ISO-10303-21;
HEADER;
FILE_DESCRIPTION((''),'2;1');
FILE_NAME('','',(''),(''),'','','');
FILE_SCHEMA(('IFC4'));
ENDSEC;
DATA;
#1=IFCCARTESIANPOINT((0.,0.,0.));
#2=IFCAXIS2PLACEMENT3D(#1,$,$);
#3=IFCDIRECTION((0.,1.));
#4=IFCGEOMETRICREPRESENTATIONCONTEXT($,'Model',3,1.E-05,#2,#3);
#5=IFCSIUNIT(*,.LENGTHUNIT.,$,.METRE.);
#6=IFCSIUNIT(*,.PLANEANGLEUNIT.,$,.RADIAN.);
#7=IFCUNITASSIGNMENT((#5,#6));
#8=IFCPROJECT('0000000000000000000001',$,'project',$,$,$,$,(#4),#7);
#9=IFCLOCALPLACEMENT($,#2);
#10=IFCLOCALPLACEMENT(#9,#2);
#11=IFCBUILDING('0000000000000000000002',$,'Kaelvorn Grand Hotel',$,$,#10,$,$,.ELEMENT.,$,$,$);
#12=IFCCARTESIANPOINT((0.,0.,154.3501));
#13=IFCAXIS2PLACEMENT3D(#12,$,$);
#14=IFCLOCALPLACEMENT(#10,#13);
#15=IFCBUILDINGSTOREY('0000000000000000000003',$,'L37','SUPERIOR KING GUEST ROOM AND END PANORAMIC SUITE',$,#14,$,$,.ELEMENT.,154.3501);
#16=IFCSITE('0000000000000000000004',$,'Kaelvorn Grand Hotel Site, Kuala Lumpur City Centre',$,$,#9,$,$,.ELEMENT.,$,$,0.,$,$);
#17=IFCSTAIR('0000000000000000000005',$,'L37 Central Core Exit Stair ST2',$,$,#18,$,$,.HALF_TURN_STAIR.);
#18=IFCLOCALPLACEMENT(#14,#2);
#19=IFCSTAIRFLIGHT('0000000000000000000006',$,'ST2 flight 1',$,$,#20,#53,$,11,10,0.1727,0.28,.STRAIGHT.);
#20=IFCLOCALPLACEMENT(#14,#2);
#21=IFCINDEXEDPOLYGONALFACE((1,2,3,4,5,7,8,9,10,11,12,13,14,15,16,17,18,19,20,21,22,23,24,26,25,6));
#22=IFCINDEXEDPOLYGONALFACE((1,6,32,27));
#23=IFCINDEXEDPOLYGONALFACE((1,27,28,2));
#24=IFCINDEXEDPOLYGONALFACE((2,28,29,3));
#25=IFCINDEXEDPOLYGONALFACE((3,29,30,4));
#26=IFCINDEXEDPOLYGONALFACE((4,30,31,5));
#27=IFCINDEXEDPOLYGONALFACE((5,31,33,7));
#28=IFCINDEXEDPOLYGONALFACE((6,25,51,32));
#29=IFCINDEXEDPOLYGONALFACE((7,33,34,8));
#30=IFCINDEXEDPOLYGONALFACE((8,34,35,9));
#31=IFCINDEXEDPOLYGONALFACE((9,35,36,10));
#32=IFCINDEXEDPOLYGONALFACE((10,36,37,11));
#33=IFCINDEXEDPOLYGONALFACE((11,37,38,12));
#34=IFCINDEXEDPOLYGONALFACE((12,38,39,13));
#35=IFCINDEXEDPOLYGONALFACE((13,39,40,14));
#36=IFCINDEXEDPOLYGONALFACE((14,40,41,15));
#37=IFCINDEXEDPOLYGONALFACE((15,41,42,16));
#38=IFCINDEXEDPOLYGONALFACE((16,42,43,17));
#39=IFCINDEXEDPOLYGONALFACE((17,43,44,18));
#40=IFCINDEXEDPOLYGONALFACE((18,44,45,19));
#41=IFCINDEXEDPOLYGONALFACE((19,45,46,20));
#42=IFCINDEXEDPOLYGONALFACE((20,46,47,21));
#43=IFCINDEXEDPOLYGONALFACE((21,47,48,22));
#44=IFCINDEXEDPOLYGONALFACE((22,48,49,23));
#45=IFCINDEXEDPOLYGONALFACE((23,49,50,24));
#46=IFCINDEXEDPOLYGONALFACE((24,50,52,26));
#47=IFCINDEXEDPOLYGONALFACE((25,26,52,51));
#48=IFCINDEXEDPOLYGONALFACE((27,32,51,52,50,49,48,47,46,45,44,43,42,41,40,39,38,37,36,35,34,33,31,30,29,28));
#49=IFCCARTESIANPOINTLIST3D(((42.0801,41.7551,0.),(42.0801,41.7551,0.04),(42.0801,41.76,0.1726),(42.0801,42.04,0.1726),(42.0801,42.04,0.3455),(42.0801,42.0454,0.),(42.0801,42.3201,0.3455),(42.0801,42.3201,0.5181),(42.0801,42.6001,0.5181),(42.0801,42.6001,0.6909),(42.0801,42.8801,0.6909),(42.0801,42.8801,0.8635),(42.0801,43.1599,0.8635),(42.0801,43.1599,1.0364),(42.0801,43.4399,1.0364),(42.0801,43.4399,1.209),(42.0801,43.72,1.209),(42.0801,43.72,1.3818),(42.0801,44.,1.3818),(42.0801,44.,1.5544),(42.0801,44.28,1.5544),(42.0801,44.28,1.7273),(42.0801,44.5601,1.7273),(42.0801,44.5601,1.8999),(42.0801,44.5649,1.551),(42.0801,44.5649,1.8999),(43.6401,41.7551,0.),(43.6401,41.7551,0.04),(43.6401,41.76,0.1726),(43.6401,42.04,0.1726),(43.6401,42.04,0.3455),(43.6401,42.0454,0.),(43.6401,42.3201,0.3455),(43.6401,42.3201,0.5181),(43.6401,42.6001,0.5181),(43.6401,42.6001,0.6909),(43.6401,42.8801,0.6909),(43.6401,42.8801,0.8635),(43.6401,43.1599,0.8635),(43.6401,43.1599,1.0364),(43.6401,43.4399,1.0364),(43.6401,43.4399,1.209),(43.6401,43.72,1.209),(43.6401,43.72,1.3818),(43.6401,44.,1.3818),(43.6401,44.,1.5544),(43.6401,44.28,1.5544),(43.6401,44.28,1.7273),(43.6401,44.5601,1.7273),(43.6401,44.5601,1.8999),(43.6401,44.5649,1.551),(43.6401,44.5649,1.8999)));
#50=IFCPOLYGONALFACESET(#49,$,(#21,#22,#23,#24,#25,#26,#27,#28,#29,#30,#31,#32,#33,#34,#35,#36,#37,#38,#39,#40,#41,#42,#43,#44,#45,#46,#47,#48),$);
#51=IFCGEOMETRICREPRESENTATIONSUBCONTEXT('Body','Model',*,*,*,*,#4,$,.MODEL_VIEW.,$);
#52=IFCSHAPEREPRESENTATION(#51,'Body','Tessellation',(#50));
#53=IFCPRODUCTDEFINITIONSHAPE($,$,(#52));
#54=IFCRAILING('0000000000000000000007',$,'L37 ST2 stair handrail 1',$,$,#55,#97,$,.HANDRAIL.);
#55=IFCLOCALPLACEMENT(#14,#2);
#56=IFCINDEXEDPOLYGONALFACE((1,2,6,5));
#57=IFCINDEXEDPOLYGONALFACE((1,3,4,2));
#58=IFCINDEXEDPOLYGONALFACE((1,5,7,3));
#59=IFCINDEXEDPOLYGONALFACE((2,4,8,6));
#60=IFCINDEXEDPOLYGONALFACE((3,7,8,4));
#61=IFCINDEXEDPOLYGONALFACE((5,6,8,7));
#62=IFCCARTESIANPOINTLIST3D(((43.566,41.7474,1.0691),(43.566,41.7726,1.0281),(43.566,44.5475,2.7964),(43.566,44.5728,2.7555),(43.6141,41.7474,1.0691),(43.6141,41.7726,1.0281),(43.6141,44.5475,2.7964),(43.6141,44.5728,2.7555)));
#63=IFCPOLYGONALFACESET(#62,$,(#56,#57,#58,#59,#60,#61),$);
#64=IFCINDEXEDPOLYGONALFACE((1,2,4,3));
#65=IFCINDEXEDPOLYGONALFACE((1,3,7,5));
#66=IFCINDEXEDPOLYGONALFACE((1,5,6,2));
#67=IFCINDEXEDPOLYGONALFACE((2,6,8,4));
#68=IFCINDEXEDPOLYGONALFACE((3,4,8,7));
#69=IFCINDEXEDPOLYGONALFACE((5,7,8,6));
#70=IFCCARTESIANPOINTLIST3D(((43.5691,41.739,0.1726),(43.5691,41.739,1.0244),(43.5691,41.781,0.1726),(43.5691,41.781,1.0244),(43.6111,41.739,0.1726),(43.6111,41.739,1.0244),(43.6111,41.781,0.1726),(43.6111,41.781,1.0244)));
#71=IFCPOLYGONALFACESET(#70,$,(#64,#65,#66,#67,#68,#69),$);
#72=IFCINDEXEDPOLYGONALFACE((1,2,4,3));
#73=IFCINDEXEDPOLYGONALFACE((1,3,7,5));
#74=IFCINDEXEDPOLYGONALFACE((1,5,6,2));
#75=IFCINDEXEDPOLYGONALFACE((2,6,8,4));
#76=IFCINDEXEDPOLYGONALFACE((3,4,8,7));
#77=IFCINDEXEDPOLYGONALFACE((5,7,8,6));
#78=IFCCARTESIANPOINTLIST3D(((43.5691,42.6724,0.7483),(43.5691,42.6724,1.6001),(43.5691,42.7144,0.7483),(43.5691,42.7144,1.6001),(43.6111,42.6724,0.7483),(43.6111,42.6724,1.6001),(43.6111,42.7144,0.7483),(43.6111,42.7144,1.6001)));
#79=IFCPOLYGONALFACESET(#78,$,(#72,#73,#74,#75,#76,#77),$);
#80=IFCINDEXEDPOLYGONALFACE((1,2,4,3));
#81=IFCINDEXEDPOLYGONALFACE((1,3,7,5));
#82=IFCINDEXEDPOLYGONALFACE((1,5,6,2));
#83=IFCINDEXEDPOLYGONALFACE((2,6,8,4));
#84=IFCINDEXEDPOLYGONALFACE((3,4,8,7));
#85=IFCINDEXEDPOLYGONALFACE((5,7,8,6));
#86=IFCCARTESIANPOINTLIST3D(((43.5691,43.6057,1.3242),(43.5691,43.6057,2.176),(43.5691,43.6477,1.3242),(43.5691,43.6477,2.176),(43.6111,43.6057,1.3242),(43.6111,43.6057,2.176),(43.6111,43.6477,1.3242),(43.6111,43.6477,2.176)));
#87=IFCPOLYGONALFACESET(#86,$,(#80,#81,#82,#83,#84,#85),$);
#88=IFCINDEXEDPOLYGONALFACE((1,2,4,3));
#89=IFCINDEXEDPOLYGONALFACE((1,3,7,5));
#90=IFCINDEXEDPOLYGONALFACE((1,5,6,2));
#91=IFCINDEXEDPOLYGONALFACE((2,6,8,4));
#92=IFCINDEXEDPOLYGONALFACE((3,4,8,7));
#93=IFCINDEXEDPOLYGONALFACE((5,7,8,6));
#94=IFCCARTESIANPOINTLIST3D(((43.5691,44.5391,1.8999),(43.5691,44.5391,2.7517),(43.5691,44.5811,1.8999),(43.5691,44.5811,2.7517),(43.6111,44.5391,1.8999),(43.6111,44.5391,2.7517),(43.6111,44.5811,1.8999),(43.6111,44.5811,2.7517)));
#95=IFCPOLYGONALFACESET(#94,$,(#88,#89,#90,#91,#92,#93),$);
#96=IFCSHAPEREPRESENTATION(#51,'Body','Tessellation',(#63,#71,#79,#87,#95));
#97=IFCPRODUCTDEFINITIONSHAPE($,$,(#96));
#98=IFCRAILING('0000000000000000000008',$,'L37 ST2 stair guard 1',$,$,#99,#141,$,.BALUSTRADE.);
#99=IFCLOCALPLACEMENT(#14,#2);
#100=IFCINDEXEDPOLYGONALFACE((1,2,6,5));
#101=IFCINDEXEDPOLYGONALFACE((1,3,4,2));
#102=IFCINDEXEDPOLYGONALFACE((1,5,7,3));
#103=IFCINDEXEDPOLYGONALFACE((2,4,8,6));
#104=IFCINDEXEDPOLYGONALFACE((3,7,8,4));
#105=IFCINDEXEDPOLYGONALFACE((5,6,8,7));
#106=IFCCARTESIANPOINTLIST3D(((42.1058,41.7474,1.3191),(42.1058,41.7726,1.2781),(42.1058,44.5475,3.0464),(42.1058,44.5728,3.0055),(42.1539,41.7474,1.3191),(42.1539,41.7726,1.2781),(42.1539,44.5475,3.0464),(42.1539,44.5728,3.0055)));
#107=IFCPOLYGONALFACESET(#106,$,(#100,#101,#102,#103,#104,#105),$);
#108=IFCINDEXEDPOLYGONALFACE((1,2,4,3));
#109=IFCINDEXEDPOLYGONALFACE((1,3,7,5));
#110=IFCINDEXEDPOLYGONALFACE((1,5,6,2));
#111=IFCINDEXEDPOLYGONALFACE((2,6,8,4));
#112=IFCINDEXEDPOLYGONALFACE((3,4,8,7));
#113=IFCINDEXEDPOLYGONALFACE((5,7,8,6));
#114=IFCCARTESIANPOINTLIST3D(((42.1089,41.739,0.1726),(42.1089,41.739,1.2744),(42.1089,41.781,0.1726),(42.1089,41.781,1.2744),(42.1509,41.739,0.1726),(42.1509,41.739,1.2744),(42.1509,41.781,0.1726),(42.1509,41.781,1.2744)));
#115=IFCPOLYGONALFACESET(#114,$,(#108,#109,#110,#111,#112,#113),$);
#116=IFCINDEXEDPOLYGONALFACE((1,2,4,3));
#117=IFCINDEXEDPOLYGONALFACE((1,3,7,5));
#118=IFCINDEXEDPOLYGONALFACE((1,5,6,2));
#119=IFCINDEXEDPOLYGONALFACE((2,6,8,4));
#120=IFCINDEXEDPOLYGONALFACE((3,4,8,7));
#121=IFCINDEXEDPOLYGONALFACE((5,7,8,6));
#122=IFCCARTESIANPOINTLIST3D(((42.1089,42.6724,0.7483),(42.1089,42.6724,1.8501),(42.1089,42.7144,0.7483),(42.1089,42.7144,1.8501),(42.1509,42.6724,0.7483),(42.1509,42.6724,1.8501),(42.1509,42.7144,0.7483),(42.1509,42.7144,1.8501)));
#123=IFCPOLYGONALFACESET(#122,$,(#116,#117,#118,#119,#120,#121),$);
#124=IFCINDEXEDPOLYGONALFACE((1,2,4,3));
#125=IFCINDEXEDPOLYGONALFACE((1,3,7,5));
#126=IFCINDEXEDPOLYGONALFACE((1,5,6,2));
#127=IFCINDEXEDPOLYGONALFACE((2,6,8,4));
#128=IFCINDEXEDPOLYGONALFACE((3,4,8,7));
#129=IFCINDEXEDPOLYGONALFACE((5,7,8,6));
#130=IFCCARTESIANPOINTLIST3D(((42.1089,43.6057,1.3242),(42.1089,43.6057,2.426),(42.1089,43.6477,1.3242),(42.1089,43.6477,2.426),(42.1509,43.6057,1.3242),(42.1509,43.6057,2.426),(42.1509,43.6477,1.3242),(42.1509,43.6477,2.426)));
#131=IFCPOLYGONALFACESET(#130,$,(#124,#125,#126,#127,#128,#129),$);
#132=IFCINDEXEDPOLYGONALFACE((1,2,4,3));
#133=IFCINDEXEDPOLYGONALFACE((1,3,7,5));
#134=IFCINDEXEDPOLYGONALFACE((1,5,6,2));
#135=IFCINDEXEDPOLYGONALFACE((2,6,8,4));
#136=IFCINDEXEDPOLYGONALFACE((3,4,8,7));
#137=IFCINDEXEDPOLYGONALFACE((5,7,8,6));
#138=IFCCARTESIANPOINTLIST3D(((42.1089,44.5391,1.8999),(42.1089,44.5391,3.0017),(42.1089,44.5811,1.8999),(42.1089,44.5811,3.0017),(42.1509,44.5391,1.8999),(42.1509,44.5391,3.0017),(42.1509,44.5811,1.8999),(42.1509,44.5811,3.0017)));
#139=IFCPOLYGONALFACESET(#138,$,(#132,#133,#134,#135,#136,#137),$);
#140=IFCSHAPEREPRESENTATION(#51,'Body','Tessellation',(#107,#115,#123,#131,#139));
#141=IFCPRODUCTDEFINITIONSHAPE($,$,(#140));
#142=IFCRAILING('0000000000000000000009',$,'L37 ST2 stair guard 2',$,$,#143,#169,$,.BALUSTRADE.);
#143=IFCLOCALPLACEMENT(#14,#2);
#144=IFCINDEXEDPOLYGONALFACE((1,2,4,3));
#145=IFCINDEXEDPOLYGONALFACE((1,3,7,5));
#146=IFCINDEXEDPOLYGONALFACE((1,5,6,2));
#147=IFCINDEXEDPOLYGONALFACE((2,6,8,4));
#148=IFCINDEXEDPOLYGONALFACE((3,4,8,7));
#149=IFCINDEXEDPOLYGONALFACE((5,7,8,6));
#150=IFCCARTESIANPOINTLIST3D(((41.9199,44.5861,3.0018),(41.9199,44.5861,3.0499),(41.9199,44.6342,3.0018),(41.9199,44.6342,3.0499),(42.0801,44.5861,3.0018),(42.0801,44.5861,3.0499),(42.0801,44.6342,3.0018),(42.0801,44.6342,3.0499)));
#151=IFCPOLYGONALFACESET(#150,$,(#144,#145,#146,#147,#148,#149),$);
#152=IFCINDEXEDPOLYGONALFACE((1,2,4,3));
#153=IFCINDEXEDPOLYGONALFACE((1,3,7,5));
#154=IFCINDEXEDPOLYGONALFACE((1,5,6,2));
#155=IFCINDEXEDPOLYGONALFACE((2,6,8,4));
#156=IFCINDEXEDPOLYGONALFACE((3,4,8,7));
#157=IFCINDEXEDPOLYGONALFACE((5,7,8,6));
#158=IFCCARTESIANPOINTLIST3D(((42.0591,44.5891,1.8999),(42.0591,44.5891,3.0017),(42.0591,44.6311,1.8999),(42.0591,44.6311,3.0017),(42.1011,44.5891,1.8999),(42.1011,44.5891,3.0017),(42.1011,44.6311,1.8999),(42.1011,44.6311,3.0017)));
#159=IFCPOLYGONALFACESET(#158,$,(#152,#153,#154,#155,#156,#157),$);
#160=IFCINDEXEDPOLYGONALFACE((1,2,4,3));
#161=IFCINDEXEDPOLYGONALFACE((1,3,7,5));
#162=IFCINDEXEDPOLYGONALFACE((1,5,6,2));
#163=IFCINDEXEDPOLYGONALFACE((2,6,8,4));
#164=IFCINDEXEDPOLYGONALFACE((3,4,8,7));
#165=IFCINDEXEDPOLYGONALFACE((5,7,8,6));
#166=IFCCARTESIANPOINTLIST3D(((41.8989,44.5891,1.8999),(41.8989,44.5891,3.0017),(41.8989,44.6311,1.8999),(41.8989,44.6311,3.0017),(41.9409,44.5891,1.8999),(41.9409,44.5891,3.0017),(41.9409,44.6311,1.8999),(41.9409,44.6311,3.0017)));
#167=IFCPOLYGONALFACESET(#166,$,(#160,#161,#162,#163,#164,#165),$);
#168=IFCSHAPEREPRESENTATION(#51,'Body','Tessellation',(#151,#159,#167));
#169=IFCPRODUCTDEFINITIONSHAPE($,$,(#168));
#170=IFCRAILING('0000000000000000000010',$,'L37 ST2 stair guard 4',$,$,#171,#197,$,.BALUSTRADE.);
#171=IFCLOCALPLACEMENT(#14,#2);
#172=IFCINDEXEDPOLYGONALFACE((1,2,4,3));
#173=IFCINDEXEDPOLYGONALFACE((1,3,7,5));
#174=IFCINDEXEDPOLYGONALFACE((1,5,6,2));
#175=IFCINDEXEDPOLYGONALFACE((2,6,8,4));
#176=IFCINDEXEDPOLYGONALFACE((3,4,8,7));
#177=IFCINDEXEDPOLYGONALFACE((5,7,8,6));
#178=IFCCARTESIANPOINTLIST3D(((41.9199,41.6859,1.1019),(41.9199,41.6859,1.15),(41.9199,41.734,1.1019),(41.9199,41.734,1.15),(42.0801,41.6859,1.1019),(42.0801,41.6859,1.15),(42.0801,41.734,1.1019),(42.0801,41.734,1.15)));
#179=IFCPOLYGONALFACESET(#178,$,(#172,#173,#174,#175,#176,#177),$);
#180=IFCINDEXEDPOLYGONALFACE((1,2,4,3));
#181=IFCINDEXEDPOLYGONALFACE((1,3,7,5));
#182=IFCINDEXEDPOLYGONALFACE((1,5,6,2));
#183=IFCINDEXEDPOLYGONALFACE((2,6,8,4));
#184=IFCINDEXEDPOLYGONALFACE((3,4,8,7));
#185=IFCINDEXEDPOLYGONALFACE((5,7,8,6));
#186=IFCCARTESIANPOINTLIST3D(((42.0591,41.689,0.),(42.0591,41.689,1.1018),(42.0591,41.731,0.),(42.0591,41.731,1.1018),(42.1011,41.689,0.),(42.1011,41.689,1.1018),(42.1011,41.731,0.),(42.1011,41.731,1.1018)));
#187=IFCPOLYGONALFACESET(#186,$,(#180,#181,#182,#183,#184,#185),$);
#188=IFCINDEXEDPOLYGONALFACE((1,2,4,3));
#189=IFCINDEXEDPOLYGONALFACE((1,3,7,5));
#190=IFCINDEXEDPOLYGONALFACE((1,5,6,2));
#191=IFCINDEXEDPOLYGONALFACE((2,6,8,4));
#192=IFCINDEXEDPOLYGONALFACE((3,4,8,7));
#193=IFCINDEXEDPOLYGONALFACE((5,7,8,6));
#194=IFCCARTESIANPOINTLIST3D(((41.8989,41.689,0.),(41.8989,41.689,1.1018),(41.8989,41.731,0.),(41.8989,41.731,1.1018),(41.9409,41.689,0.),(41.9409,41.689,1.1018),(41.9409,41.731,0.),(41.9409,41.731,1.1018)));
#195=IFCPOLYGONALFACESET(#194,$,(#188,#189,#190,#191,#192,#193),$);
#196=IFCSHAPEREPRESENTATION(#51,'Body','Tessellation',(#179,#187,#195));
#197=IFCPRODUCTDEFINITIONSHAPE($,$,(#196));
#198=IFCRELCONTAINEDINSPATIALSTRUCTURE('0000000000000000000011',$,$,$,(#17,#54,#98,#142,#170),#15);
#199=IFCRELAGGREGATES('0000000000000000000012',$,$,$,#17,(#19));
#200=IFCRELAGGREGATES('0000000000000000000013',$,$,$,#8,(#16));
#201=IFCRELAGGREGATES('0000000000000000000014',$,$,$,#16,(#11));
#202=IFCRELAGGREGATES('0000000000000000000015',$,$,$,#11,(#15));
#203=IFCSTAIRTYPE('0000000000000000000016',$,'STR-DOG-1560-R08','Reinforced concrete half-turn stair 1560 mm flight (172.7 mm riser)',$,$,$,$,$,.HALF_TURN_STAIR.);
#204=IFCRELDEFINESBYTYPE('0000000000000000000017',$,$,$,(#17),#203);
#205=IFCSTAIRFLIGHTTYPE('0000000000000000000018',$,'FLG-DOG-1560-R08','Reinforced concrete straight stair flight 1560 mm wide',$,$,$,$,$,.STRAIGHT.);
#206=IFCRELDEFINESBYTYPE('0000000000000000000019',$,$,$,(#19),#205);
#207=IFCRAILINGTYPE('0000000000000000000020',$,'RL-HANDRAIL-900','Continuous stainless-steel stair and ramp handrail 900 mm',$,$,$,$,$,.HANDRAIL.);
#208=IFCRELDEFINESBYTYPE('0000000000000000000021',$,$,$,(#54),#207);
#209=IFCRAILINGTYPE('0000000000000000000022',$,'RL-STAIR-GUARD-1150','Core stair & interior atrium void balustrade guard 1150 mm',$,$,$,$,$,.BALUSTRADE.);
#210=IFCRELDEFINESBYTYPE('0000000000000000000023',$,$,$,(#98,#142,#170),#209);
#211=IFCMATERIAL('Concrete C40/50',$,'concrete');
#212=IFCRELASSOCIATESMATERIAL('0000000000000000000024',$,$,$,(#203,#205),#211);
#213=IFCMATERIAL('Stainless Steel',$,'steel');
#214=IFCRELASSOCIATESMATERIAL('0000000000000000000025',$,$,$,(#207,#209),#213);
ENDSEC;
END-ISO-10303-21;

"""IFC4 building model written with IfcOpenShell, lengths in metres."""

from ifc_helpers import new_model, si_unit, direction, frame, origin, origin_2d, place, context, subcontext, project, spatial, polyline, rectangle, outline, extrude, material, type_object, element, aggregate, save


model = new_model("IFC4")

# Units and contexts
model_context = context("Model", 3, precision=1e-05, world=origin(), true_north=direction((0.0, 1.0)))
body_context = subcontext(model_context, "Body", "Model", "MODEL_VIEW")
ifc_project = project(units=[si_unit("LENGTHUNIT", "METRE"), si_unit("PLANEANGLEUNIT", "RADIAN")], contexts=[model_context])

# Site, building, storey
site_placement = place(None, origin())
site = spatial("IfcSite", under=ifc_project, at=site_placement, Name="Kaelvorn Grand Hotel Site, Kuala Lumpur City Centre", CompositionType="ELEMENT", RefElevation=0.0)
building_placement = place(site_placement, origin())
building = spatial("IfcBuilding", under=site, at=building_placement, Name="Kaelvorn Grand Hotel", CompositionType="ELEMENT")
storey_placement = place(building_placement, frame((0.0, 0.0, 154.3501)))
storey = spatial("IfcBuildingStorey", under=building, at=storey_placement, Name="L37", Description="SUPERIOR KING GUEST ROOM AND END PANORAMIC SUITE", CompositionType="ELEMENT", Elevation=154.3501)

# Shared definitions
ifc_material_1 = material(Name="Concrete C40/50", Category="concrete")

# Shared definitions
ifc_material_2 = material(Name="Stainless Steel", Category="steel")

# Stair, stair flight
stair_type = type_object("IfcStairType", Name="STR-DOG-1560-R08", Description="Reinforced concrete half-turn stair 1560 mm flight (172.7 mm riser)", PredefinedType="HALF_TURN_STAIR", material=ifc_material_1)
stair_placement = place(storey_placement, origin())
stair = element("IfcStair", 1, at=stair_placement, inside=storey, type_object=stair_type, Name="L37 Central Core Exit Stair ST2", PredefinedType="HALF_TURN_STAIR")
stair_flight_type = type_object("IfcStairFlightType", Name="FLG-DOG-1560-R08", Description="Reinforced concrete straight stair flight 1560 mm wide", PredefinedType="STRAIGHT", material=ifc_material_1)
stair_flight_placement = place(storey_placement, frame((42.8601, 41.76, 0.0), z_axis=(0.0, 0.0, 1.0), x_axis=(0.0, 1.0, 0.0)))
stair_flight = element("IfcStairFlight", 2, at=stair_flight_placement, type_object=stair_flight_type, Name="ST2 flight 1", NumberOfRisers=11, NumberOfTreads=10, PredefinedType="STRAIGHT", RiserHeight=0.1727, TreadLength=0.28, context=body_context, shape_type="SweptSolid", body=[
    extrude(outline(polyline([(-0.0049, 0.0), (-0.0049, 0.04), (0.0, 0.1726), (0.28, 0.1726), (0.28, 0.3455), (0.5601, 0.3455), (0.5601, 0.5181), (0.8401, 0.5181), (0.8401, 0.6909), (1.1201, 0.6909), (1.1201, 0.8635), (1.3999, 0.8635), (1.3999, 1.0364), (1.6799, 1.0364), (1.6799, 1.209), (1.96, 1.209), (1.96, 1.3818), (2.24, 1.3818), (2.24, 1.5544), (2.52, 1.5544), (2.52, 1.7273), (2.8, 1.7273), (2.8, 1.8999), (2.8049, 1.8999), (2.8049, 1.551), (0.2854, 0.0), (-0.0049, 0.0)])), frame((0.0, 0.78, 0.0), z_axis=(0.0, -1.0, 0.0), x_axis=(1.0, 0.0, 0.0)), (0.0, 0.0, 1.0), 1.5601),
])
aggregate(stair, [stair_flight])

# Railings
railing_type_1 = type_object("IfcRailingType", Name="RL-HANDRAIL-900", Description="Continuous stainless-steel stair and ramp handrail 900 mm", PredefinedType="HANDRAIL", material=ifc_material_2)
railing_1_placement = place(storey_placement, frame((43.5901, 41.76, 0.1726)))
element("IfcRailing", 3, at=railing_1_placement, inside=storey, type_object=railing_type_1, Name="L37 ST2 stair handrail 1", PredefinedType="HANDRAIL", context=body_context, shape_type="SweptSolid", body=[
    extrude(rectangle(XDim=0.0481, YDim=0.0481, at=origin_2d()), frame((0.0, 0.0, 0.876), z_axis=(0.0, 0.85109, 0.52502), x_axis=(-1.0, 0.0, 0.0)), (0.0, 0.0, 1.0), 3.29),
    extrude(rectangle(XDim=0.042, YDim=0.042, at=origin_2d()), origin(), (0.0, 0.0, 1.0), 0.8518),
    extrude(rectangle(XDim=0.042, YDim=0.042, at=origin_2d()), frame((0.0, 0.9333, 0.5757)), (0.0, 0.0, 1.0), 0.8518),
    extrude(rectangle(XDim=0.042, YDim=0.042, at=origin_2d()), frame((0.0, 1.8667, 1.1516)), (0.0, 0.0, 1.0), 0.8518),
    extrude(rectangle(XDim=0.042, YDim=0.042, at=origin_2d()), frame((0.0, 2.8, 1.7273)), (0.0, 0.0, 1.0), 0.8518),
])
railing_type_2 = type_object("IfcRailingType", Name="RL-STAIR-GUARD-1150", Description="Core stair & interior atrium void balustrade guard 1150 mm", PredefinedType="BALUSTRADE", material=ifc_material_2)
railing_2_placement = place(storey_placement, frame((42.1299, 41.76, 0.1726)))
element("IfcRailing", 4, at=railing_2_placement, inside=storey, type_object=railing_type_2, Name="L37 ST2 stair guard 1", PredefinedType="BALUSTRADE", context=body_context, shape_type="SweptSolid", body=[
    extrude(rectangle(XDim=0.0481, YDim=0.0481, at=origin_2d()), frame((0.0, 0.0, 1.126), z_axis=(0.0, 0.85109, 0.52502), x_axis=(-1.0, 0.0, 0.0)), (0.0, 0.0, 1.0), 3.29),
    extrude(rectangle(XDim=0.042, YDim=0.042, at=origin_2d()), origin(), (0.0, 0.0, 1.0), 1.1018),
    extrude(rectangle(XDim=0.042, YDim=0.042, at=origin_2d()), frame((0.0, 0.9333, 0.5757)), (0.0, 0.0, 1.0), 1.1018),
    extrude(rectangle(XDim=0.042, YDim=0.042, at=origin_2d()), frame((0.0, 1.8667, 1.1516)), (0.0, 0.0, 1.0), 1.1018),
    extrude(rectangle(XDim=0.042, YDim=0.042, at=origin_2d()), frame((0.0, 2.8, 1.7273)), (0.0, 0.0, 1.0), 1.1018),
])
for number, where, name in (
    (5, (42.0801, 44.6101, 1.8999), "L37 ST2 stair guard 2"),
    (6, (42.0801, 41.71, 0.0), "L37 ST2 stair guard 4"),
):
    element("IfcRailing", number, at=place(storey_placement, frame(where)), inside=storey, type_object=railing_type_2, Name=name, PredefinedType="BALUSTRADE", context=body_context, shape_type="SweptSolid", body=[
        extrude(rectangle(XDim=0.0481, YDim=0.0481, at=origin_2d()), frame((0.0, 0.0, 1.126), z_axis=(-1.0, 0.0, 0.0), x_axis=(0.0, -1.0, 0.0)), (0.0, 0.0, 1.0), 0.1602),
        extrude(rectangle(XDim=0.042, YDim=0.042, at=origin_2d()), origin(), (0.0, 0.0, 1.0), 1.1018),
        extrude(rectangle(XDim=0.042, YDim=0.042, at=origin_2d()), frame((-0.1602, 0.0, 0.0)), (0.0, 0.0, 1.0), 1.1018),
    ])

save(model, "model.ifc")
